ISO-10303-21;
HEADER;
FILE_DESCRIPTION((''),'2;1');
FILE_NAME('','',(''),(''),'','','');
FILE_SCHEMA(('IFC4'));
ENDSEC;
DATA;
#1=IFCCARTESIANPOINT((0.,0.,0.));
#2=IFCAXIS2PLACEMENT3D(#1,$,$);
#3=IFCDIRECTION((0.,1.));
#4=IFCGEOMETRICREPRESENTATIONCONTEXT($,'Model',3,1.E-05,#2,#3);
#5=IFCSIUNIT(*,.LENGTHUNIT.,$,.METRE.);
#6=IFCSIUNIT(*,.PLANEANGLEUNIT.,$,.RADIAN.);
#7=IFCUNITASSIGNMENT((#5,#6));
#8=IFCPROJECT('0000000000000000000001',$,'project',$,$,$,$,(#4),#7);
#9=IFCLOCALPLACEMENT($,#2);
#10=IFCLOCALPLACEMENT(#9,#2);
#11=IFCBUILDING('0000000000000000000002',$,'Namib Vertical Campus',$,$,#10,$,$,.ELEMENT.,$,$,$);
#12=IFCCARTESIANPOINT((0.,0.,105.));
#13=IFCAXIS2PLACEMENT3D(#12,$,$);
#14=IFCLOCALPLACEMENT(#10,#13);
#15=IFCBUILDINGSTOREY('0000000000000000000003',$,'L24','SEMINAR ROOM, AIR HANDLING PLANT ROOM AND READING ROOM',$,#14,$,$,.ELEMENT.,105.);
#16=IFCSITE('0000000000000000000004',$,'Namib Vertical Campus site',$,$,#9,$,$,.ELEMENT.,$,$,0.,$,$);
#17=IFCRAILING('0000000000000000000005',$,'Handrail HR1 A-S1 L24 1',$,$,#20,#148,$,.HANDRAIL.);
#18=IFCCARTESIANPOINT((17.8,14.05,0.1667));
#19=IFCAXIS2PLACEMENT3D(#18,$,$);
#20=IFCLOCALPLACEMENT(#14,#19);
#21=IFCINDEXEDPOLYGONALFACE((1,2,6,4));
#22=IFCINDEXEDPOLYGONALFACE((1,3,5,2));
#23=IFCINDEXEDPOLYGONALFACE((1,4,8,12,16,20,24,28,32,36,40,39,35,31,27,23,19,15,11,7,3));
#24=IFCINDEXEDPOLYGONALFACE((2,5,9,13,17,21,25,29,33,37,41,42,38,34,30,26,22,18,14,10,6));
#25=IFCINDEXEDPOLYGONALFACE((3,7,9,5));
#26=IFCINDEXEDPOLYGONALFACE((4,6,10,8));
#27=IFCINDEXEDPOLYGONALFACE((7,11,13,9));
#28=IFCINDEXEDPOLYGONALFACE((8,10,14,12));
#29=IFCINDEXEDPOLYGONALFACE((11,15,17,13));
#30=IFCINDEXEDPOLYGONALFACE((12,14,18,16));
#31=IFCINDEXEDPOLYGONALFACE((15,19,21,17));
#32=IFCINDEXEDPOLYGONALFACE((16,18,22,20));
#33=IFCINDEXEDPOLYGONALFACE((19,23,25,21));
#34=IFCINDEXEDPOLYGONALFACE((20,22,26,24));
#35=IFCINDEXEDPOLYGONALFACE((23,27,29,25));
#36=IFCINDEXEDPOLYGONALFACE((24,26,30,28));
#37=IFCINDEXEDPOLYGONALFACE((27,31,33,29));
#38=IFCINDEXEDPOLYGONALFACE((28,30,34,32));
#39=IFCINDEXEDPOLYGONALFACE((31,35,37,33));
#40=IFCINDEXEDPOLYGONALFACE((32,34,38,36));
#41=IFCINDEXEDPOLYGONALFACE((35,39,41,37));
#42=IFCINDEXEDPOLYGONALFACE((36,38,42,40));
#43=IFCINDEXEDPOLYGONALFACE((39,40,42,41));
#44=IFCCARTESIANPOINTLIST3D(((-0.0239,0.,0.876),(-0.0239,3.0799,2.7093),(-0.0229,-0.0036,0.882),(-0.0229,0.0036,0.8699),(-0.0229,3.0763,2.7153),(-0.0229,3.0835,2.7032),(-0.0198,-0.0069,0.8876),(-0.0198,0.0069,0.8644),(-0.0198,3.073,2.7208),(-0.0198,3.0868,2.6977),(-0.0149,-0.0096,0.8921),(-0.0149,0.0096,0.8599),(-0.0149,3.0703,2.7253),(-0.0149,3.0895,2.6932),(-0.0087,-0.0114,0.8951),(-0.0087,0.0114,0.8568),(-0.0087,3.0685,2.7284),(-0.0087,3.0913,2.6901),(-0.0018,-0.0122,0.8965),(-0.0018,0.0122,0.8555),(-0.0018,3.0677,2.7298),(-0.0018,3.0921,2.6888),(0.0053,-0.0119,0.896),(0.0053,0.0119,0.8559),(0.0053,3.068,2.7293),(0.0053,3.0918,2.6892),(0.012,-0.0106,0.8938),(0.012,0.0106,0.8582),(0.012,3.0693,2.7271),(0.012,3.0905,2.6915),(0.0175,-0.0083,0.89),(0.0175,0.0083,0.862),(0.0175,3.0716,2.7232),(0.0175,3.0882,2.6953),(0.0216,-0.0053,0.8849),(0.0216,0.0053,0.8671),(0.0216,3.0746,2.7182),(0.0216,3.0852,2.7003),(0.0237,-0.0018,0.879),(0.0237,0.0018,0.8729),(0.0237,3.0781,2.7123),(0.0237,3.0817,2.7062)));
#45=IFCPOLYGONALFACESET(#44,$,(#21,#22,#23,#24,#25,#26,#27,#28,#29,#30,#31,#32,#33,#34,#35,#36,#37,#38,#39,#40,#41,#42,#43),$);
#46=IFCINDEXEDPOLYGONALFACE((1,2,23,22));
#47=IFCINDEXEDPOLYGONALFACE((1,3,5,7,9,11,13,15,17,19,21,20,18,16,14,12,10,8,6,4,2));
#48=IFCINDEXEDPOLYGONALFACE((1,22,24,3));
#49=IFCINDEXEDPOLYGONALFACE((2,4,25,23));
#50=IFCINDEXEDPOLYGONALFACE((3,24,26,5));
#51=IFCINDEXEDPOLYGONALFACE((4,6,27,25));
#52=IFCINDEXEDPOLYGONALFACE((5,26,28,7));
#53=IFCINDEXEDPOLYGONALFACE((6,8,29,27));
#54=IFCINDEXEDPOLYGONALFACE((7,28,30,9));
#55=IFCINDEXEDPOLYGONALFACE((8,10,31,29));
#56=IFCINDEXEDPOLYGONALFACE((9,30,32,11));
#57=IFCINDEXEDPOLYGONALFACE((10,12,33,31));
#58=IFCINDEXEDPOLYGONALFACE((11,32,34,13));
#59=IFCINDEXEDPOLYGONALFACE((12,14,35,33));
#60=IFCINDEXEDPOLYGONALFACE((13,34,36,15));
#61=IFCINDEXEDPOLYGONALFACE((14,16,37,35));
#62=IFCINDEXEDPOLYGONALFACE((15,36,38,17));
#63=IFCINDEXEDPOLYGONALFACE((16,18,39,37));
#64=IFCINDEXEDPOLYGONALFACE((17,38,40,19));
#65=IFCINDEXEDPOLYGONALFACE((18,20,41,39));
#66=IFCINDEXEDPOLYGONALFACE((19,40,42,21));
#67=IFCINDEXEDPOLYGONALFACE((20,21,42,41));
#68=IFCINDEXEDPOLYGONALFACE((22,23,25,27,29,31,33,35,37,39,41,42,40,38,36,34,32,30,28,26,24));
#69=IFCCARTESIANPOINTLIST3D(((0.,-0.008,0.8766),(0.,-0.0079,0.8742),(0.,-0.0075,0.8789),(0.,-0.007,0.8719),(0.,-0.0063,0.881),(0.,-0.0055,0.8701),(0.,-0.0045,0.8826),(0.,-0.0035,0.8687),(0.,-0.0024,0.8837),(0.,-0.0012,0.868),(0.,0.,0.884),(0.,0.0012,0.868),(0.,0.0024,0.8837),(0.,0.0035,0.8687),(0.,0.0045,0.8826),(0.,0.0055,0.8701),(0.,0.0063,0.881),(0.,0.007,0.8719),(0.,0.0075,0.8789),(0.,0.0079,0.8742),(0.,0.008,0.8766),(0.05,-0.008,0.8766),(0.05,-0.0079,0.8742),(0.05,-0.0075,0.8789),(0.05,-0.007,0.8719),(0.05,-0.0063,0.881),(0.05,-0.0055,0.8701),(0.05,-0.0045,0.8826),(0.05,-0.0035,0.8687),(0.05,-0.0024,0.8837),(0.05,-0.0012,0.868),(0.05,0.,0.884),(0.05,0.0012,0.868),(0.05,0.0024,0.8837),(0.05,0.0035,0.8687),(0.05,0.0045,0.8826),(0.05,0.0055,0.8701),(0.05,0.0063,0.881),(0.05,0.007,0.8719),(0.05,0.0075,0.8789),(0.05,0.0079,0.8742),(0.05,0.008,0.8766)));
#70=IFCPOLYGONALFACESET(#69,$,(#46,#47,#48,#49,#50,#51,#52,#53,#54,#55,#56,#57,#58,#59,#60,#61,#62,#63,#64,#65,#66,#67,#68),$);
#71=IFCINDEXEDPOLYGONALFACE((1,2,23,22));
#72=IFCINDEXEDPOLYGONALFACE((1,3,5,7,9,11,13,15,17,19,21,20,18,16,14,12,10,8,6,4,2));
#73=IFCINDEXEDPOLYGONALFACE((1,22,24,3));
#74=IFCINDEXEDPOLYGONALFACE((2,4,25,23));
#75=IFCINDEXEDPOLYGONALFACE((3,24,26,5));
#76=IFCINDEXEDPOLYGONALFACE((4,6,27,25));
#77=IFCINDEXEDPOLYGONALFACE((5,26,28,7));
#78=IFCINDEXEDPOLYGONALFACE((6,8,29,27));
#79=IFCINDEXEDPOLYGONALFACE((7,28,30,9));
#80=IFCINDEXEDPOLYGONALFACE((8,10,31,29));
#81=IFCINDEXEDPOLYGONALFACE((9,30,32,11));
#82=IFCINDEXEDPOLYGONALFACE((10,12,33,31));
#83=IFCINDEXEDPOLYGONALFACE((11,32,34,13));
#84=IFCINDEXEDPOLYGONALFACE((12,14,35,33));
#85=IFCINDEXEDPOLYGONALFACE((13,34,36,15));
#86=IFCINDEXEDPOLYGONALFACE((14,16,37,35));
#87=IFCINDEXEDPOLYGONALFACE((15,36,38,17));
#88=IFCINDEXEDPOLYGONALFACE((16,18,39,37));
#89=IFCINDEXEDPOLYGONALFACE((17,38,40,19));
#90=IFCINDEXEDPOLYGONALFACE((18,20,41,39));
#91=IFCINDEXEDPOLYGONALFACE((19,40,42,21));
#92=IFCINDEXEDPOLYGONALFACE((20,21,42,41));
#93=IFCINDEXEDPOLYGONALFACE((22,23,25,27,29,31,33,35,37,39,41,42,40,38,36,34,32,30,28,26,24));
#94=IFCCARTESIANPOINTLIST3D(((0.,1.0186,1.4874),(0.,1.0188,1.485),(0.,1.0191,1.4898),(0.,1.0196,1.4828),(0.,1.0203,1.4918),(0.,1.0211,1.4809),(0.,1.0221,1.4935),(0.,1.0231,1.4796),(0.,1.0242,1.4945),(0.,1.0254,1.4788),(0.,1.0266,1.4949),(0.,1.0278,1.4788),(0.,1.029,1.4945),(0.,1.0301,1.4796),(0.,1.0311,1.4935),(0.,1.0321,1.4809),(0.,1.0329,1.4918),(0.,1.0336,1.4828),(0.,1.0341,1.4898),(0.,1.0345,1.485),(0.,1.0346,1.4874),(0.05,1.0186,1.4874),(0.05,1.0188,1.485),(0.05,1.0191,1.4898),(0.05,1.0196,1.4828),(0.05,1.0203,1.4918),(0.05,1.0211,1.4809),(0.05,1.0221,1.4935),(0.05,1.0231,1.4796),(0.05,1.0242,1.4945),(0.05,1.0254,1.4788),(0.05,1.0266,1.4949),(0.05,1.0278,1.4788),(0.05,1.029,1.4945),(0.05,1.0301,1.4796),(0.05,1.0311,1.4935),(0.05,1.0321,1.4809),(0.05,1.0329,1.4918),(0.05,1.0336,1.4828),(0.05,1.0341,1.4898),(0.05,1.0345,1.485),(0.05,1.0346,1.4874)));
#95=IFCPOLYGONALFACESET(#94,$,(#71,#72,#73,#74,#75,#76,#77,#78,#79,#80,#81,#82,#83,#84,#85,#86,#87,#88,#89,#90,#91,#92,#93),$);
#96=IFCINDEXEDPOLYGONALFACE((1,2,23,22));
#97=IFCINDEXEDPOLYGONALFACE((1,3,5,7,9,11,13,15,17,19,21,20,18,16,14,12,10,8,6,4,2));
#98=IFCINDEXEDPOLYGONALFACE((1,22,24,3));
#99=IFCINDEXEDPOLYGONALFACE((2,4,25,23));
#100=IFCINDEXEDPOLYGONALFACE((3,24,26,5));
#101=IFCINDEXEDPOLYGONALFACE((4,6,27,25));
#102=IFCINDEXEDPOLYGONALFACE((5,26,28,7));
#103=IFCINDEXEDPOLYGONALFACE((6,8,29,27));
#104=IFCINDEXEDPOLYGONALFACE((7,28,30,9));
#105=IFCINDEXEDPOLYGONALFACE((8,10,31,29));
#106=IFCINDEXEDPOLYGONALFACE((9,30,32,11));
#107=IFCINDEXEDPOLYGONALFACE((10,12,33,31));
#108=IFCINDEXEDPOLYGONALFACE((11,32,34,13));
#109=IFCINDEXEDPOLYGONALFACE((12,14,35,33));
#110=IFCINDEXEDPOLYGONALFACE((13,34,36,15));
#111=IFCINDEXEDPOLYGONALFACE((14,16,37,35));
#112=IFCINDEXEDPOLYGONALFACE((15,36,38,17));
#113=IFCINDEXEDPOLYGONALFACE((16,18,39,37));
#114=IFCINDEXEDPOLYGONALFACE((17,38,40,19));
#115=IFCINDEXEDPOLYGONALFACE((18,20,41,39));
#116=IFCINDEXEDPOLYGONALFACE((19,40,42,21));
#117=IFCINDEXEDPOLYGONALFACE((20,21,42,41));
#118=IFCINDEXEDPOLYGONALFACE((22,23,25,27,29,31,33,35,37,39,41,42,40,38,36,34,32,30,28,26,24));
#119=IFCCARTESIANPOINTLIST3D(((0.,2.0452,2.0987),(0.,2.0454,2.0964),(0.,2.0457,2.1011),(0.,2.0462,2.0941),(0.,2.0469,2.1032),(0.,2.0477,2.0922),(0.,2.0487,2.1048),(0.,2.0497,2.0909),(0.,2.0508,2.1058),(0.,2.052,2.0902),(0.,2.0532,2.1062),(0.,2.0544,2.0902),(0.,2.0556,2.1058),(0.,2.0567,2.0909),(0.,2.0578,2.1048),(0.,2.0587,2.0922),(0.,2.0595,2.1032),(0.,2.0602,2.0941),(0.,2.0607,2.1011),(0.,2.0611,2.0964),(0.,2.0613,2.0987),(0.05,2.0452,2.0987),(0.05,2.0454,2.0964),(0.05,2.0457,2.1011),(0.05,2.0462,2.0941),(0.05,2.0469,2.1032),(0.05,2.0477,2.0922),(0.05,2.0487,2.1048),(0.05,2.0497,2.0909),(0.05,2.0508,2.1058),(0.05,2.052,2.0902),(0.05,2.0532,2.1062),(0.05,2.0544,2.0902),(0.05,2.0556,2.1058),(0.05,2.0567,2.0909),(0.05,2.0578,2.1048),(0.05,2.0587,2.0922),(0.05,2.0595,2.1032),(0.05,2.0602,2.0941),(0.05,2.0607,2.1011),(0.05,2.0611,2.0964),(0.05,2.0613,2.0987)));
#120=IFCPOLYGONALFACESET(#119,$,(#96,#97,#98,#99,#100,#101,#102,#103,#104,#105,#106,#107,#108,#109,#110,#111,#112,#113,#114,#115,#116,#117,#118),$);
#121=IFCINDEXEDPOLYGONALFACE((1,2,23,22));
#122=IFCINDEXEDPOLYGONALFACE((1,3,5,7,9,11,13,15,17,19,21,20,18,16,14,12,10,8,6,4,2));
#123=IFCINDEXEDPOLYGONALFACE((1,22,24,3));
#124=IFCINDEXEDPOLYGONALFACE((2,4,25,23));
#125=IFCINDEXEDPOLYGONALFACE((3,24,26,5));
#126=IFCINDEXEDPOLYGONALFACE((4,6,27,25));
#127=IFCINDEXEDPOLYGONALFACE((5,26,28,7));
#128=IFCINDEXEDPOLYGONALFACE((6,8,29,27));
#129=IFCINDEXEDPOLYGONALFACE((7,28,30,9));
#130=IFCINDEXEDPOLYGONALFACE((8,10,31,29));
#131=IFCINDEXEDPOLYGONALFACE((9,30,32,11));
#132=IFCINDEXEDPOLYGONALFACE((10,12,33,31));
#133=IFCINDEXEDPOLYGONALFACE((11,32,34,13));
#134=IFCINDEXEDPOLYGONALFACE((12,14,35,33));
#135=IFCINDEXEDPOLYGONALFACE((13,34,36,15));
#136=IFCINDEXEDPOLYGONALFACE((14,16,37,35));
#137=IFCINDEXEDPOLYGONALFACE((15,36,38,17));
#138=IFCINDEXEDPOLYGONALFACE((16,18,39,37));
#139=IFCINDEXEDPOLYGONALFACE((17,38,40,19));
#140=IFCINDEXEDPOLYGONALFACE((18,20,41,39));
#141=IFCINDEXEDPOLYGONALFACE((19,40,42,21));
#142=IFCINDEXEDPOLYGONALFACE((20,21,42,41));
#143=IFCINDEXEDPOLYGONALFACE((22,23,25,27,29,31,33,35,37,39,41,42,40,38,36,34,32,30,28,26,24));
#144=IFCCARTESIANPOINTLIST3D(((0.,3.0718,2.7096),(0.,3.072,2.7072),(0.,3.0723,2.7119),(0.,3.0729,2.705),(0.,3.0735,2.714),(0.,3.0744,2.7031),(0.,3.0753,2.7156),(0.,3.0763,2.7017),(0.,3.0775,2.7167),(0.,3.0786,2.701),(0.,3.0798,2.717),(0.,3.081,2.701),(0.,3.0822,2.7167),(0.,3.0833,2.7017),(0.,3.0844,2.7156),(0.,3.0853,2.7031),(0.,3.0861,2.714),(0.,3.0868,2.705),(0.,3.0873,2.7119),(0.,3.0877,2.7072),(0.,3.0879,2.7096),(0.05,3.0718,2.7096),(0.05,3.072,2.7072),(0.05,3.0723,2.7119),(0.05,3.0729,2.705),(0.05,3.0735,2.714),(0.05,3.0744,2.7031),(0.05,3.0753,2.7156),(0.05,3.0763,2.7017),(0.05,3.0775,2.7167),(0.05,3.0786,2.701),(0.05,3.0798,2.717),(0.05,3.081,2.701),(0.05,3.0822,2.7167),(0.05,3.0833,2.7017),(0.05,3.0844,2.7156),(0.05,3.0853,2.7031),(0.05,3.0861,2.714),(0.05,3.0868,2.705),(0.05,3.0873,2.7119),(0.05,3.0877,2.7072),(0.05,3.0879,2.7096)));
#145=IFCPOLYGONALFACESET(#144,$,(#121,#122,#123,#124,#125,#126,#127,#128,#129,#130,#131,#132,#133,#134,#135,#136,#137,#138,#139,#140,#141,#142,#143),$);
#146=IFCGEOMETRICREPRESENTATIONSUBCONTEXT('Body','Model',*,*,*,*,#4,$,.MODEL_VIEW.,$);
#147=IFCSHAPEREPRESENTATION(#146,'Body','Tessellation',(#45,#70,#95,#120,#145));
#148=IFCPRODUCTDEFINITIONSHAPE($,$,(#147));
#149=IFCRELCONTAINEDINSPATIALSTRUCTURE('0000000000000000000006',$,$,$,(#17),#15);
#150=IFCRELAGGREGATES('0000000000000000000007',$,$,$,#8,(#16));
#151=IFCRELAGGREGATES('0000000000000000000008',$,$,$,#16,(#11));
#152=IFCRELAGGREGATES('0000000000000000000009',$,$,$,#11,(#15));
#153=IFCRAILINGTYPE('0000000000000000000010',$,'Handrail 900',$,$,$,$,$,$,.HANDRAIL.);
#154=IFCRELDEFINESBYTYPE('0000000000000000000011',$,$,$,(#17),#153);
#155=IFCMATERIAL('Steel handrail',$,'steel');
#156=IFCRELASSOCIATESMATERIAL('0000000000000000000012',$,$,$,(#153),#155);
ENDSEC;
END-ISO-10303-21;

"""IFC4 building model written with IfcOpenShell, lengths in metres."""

from ifc_helpers import new_model, si_unit, direction, frame, origin, origin_2d, place, context, subcontext, project, spatial, circle, extrude, material, type_object, element, save


model = new_model("IFC4")

# Units and contexts
model_context = context("Model", 3, precision=1e-05, world=origin(), true_north=direction((0.0, 1.0)))
body_context = subcontext(model_context, "Body", "Model", "MODEL_VIEW")
ifc_project = project(units=[si_unit("LENGTHUNIT", "METRE"), si_unit("PLANEANGLEUNIT", "RADIAN")], contexts=[model_context])

# Site, building, storey
site_placement = place(None, origin())
site = spatial("IfcSite", under=ifc_project, at=site_placement, Name="Namib Vertical Campus site", CompositionType="ELEMENT", RefElevation=0.0)
building_placement = place(site_placement, origin())
building = spatial("IfcBuilding", under=site, at=building_placement, Name="Namib Vertical Campus", CompositionType="ELEMENT")
storey_placement = place(building_placement, frame((0.0, 0.0, 105.0)))
storey = spatial("IfcBuildingStorey", under=building, at=storey_placement, Name="L24", Description="SEMINAR ROOM, AIR HANDLING PLANT ROOM AND READING ROOM", CompositionType="ELEMENT", Elevation=105.0)

# Railing
ifc_material_1 = material(Name="Steel handrail", Category="steel")
railing_type_1 = type_object("IfcRailingType", Name="Handrail 900", PredefinedType="HANDRAIL", material=ifc_material_1)
railing_1_placement = place(storey_placement, frame((17.8, 14.05, 0.1667)))
element("IfcRailing", 1, at=railing_1_placement, inside=storey, type_object=railing_type_1, Name="Handrail HR1 A-S1 L24 1", PredefinedType="HANDRAIL", context=body_context, shape_type="SweptSolid", body=[
    extrude(circle(Radius=0.0239, at=origin_2d()), frame((0.0, 0.0, 0.876), z_axis=(0.0, 0.859291, 0.511487), x_axis=(-1.0, 0.0, 0.0)), (0.0, 0.0, 1.0), 3.5842),
    extrude(circle(Radius=0.0081, at=origin_2d()), frame((0.0, 0.0, 0.876), z_axis=(1.0, 0.0, 0.0), x_axis=(0.0, 0.0, 1.0)), (0.0, 0.0, 1.0), 0.05),
    extrude(circle(Radius=0.0081, at=origin_2d()), frame((0.0, 1.0266, 1.4868), z_axis=(1.0, 0.0, 0.0), x_axis=(0.0, 0.0, 1.0)), (0.0, 0.0, 1.0), 0.05),
    extrude(circle(Radius=0.0081, at=origin_2d()), frame((0.0, 2.0532, 2.0981), z_axis=(1.0, 0.0, 0.0), x_axis=(0.0, 0.0, 1.0)), (0.0, 0.0, 1.0), 0.05),
    extrude(circle(Radius=0.0081, at=origin_2d()), frame((0.0, 3.0798, 2.709), z_axis=(1.0, 0.0, 0.0), x_axis=(0.0, 0.0, 1.0)), (0.0, 0.0, 1.0), 0.05),
])

save(model, "model.ifc")
